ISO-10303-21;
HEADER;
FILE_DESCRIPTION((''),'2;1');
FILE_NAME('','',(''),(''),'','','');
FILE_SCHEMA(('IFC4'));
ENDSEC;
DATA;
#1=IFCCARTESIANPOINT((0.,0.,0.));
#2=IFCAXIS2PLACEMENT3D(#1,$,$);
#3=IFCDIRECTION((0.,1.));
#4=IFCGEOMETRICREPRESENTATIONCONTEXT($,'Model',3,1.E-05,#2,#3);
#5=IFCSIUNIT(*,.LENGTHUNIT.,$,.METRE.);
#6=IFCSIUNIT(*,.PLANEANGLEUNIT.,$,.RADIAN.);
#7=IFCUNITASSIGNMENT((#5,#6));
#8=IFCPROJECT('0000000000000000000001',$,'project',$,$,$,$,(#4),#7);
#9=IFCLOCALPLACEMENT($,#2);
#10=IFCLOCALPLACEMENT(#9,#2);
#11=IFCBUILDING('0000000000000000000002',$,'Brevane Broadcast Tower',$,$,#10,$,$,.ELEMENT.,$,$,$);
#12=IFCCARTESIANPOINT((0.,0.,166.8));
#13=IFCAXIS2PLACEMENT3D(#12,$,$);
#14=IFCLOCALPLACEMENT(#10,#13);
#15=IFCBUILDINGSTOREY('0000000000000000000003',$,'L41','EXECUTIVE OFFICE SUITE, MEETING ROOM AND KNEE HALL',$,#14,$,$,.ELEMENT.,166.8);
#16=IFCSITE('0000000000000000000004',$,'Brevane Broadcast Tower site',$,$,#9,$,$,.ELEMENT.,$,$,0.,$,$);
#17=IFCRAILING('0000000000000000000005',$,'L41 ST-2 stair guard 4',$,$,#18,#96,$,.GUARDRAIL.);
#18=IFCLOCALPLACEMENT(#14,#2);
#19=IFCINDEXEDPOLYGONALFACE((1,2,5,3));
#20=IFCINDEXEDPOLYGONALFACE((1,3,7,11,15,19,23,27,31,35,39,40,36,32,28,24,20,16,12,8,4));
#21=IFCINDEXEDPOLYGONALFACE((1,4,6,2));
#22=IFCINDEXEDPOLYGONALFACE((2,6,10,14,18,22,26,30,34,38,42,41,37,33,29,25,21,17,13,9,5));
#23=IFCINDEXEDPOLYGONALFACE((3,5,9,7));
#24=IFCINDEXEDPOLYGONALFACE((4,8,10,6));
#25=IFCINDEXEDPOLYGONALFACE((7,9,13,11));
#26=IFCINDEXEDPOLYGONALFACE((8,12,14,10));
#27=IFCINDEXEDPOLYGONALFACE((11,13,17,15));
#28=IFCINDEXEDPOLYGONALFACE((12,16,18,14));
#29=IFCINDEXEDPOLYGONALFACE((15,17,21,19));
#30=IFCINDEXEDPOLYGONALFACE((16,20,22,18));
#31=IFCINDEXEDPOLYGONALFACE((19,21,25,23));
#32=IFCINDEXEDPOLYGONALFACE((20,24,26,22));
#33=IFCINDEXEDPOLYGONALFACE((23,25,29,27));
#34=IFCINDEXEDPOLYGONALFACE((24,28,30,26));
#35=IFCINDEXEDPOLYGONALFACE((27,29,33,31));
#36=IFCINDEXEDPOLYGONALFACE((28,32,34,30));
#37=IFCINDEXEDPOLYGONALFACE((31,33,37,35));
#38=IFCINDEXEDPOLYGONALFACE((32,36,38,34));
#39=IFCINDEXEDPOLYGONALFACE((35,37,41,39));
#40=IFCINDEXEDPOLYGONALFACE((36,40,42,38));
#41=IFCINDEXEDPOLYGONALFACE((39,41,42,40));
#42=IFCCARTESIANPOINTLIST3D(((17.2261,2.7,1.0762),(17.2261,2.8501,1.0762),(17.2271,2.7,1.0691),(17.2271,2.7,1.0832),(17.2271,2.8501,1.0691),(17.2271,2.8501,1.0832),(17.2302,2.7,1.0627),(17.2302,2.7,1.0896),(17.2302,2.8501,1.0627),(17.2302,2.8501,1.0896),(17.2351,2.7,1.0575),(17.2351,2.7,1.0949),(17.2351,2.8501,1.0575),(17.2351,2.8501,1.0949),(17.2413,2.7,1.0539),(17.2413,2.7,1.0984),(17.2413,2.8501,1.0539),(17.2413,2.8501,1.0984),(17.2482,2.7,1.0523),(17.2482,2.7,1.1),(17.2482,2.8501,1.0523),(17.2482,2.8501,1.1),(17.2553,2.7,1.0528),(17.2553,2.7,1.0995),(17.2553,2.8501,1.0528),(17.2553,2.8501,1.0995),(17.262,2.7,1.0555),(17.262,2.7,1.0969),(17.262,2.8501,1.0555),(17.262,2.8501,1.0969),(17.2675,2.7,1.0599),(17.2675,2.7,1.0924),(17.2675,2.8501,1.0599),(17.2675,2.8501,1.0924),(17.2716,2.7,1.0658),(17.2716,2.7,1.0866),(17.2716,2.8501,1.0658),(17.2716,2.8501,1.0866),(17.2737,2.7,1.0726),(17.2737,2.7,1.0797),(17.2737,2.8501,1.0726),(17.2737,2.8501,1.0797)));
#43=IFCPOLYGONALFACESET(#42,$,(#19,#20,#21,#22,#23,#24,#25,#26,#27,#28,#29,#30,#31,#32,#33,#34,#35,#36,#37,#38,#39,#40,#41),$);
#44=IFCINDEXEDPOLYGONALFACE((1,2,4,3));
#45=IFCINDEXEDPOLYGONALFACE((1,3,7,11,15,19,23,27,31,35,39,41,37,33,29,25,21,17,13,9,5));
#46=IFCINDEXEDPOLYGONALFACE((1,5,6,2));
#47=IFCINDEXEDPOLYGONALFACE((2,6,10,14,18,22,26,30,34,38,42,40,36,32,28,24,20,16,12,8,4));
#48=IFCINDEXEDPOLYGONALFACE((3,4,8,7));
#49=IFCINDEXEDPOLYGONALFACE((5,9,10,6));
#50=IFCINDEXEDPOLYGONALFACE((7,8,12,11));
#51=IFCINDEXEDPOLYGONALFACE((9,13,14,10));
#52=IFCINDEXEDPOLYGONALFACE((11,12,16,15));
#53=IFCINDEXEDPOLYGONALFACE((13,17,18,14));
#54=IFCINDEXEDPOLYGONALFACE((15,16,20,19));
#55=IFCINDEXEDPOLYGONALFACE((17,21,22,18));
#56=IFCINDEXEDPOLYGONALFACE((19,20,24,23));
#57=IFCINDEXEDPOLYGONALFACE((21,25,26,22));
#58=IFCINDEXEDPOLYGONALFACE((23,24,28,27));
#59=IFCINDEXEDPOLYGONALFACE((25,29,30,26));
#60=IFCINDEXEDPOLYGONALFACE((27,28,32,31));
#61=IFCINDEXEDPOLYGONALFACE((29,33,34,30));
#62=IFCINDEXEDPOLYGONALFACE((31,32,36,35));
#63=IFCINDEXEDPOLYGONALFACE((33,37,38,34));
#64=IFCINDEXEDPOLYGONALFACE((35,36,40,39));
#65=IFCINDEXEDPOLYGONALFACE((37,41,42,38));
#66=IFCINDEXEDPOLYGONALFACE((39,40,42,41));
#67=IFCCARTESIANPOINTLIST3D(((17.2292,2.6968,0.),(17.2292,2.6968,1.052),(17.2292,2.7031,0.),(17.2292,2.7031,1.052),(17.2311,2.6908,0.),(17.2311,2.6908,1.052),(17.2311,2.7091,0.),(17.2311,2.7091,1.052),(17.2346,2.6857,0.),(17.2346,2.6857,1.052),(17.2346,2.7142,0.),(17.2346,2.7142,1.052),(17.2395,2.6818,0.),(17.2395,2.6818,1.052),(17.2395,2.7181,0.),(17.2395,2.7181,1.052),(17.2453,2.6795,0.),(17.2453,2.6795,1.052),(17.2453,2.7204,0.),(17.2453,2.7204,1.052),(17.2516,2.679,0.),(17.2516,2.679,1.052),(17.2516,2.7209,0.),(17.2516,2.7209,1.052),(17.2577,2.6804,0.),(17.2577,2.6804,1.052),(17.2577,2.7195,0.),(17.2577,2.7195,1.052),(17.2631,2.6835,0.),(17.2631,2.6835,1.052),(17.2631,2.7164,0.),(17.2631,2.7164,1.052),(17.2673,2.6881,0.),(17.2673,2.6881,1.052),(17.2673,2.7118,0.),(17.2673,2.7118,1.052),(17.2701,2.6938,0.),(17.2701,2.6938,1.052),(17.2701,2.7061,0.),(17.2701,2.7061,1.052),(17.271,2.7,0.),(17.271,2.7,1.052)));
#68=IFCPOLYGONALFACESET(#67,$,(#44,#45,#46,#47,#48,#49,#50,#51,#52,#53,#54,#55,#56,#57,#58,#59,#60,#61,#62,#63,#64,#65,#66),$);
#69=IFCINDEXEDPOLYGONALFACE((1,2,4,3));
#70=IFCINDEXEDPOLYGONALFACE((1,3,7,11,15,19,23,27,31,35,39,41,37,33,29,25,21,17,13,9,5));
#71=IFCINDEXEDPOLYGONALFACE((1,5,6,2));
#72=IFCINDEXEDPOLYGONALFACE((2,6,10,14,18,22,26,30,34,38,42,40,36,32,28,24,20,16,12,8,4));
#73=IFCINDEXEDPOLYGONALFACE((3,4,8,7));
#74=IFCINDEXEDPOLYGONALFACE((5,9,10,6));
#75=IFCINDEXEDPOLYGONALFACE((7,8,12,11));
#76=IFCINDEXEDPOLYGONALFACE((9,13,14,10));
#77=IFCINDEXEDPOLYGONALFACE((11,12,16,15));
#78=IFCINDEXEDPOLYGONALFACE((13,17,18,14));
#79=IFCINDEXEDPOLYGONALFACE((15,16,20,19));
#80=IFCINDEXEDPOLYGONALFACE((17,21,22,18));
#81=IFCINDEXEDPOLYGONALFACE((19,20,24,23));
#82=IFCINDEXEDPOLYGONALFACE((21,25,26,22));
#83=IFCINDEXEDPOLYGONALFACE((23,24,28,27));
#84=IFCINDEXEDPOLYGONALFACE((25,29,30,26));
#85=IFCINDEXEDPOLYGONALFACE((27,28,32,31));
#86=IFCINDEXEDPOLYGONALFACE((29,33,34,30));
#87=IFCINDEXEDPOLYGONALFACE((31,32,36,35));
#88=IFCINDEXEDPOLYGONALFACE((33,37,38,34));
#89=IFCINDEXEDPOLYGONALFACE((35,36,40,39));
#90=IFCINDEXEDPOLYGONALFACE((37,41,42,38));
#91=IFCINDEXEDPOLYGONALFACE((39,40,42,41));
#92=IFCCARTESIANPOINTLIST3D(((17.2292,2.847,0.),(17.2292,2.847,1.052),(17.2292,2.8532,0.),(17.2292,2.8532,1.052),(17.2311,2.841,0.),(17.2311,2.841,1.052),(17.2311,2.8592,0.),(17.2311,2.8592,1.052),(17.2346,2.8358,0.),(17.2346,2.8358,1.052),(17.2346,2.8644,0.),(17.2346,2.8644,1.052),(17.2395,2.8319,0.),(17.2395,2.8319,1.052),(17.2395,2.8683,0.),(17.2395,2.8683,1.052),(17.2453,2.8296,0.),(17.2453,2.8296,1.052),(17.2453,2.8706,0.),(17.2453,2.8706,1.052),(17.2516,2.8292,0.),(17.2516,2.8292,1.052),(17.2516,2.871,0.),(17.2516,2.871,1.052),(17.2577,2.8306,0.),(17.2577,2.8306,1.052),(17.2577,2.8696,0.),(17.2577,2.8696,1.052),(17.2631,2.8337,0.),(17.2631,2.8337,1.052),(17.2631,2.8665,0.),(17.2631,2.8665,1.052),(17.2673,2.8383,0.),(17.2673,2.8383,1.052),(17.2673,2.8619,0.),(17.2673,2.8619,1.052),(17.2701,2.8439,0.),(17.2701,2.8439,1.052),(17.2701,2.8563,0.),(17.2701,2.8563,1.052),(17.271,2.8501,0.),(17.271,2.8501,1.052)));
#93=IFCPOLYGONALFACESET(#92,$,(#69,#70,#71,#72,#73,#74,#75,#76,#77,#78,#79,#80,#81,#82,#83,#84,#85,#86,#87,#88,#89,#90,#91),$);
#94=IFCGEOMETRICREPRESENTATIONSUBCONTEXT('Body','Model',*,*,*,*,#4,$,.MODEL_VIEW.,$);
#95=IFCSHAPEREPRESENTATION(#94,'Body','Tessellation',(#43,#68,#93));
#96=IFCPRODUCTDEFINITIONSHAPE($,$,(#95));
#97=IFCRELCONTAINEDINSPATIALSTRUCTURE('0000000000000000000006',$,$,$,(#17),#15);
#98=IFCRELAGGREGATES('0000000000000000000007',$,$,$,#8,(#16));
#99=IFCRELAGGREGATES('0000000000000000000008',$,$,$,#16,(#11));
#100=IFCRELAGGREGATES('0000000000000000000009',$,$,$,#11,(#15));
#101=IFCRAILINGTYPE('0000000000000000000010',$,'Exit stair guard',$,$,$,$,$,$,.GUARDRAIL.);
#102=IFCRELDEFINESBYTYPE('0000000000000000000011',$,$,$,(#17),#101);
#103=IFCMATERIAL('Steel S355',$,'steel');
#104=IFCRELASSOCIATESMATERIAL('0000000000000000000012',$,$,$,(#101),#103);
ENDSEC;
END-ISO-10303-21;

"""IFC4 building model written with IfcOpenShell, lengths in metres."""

from ifc_helpers import new_model, si_unit, direction, frame, origin, origin_2d, place, context, subcontext, project, spatial, circle, extrude, material, type_object, element, save


model = new_model("IFC4")

# Units and contexts
model_context = context("Model", 3, precision=1e-05, world=origin(), true_north=direction((0.0, 1.0)))
body_context = subcontext(model_context, "Body", "Model", "MODEL_VIEW")
ifc_project = project(units=[si_unit("LENGTHUNIT", "METRE"), si_unit("PLANEANGLEUNIT", "RADIAN")], contexts=[model_context])

# Site, building, storey
site_placement = place(None, origin())
site = spatial("IfcSite", under=ifc_project, at=site_placement, Name="Brevane Broadcast Tower site", CompositionType="ELEMENT", RefElevation=0.0)
building_placement = place(site_placement, origin())
building = spatial("IfcBuilding", under=site, at=building_placement, Name="Brevane Broadcast Tower", CompositionType="ELEMENT")
storey_placement = place(building_placement, frame((0.0, 0.0, 166.8)))
storey = spatial("IfcBuildingStorey", under=building, at=storey_placement, Name="L41", Description="EXECUTIVE OFFICE SUITE, MEETING ROOM AND KNEE HALL", CompositionType="ELEMENT", Elevation=166.8)

# Railing
ifc_material_1 = material(Name="Steel S355", Category="steel")
railing_type_1 = type_object("IfcRailingType", Name="Exit stair guard", PredefinedType="GUARDRAIL", material=ifc_material_1)
railing_1_placement = place(storey_placement, frame((17.25, 2.7, 0.0)))
element("IfcRailing", 1, at=railing_1_placement, inside=storey, type_object=railing_type_1, Name="L41 ST-2 stair guard 4", PredefinedType="GUARDRAIL", context=body_context, shape_type="SweptSolid", body=[
    extrude(circle(Radius=0.0239, at=origin_2d()), frame((0.0, 0.0, 1.0762), z_axis=(0.0, 1.0, 0.0), x_axis=(-1.0, 0.0, 0.0)), (0.0, 0.0, 1.0), 0.1501),
    extrude(circle(Radius=0.021, at=origin_2d()), origin(), (0.0, 0.0, 1.0), 1.052),
    extrude(circle(Radius=0.021, at=origin_2d()), frame((0.0, 0.1501, 0.0)), (0.0, 0.0, 1.0), 1.052),
])

save(model, "model.ifc")
